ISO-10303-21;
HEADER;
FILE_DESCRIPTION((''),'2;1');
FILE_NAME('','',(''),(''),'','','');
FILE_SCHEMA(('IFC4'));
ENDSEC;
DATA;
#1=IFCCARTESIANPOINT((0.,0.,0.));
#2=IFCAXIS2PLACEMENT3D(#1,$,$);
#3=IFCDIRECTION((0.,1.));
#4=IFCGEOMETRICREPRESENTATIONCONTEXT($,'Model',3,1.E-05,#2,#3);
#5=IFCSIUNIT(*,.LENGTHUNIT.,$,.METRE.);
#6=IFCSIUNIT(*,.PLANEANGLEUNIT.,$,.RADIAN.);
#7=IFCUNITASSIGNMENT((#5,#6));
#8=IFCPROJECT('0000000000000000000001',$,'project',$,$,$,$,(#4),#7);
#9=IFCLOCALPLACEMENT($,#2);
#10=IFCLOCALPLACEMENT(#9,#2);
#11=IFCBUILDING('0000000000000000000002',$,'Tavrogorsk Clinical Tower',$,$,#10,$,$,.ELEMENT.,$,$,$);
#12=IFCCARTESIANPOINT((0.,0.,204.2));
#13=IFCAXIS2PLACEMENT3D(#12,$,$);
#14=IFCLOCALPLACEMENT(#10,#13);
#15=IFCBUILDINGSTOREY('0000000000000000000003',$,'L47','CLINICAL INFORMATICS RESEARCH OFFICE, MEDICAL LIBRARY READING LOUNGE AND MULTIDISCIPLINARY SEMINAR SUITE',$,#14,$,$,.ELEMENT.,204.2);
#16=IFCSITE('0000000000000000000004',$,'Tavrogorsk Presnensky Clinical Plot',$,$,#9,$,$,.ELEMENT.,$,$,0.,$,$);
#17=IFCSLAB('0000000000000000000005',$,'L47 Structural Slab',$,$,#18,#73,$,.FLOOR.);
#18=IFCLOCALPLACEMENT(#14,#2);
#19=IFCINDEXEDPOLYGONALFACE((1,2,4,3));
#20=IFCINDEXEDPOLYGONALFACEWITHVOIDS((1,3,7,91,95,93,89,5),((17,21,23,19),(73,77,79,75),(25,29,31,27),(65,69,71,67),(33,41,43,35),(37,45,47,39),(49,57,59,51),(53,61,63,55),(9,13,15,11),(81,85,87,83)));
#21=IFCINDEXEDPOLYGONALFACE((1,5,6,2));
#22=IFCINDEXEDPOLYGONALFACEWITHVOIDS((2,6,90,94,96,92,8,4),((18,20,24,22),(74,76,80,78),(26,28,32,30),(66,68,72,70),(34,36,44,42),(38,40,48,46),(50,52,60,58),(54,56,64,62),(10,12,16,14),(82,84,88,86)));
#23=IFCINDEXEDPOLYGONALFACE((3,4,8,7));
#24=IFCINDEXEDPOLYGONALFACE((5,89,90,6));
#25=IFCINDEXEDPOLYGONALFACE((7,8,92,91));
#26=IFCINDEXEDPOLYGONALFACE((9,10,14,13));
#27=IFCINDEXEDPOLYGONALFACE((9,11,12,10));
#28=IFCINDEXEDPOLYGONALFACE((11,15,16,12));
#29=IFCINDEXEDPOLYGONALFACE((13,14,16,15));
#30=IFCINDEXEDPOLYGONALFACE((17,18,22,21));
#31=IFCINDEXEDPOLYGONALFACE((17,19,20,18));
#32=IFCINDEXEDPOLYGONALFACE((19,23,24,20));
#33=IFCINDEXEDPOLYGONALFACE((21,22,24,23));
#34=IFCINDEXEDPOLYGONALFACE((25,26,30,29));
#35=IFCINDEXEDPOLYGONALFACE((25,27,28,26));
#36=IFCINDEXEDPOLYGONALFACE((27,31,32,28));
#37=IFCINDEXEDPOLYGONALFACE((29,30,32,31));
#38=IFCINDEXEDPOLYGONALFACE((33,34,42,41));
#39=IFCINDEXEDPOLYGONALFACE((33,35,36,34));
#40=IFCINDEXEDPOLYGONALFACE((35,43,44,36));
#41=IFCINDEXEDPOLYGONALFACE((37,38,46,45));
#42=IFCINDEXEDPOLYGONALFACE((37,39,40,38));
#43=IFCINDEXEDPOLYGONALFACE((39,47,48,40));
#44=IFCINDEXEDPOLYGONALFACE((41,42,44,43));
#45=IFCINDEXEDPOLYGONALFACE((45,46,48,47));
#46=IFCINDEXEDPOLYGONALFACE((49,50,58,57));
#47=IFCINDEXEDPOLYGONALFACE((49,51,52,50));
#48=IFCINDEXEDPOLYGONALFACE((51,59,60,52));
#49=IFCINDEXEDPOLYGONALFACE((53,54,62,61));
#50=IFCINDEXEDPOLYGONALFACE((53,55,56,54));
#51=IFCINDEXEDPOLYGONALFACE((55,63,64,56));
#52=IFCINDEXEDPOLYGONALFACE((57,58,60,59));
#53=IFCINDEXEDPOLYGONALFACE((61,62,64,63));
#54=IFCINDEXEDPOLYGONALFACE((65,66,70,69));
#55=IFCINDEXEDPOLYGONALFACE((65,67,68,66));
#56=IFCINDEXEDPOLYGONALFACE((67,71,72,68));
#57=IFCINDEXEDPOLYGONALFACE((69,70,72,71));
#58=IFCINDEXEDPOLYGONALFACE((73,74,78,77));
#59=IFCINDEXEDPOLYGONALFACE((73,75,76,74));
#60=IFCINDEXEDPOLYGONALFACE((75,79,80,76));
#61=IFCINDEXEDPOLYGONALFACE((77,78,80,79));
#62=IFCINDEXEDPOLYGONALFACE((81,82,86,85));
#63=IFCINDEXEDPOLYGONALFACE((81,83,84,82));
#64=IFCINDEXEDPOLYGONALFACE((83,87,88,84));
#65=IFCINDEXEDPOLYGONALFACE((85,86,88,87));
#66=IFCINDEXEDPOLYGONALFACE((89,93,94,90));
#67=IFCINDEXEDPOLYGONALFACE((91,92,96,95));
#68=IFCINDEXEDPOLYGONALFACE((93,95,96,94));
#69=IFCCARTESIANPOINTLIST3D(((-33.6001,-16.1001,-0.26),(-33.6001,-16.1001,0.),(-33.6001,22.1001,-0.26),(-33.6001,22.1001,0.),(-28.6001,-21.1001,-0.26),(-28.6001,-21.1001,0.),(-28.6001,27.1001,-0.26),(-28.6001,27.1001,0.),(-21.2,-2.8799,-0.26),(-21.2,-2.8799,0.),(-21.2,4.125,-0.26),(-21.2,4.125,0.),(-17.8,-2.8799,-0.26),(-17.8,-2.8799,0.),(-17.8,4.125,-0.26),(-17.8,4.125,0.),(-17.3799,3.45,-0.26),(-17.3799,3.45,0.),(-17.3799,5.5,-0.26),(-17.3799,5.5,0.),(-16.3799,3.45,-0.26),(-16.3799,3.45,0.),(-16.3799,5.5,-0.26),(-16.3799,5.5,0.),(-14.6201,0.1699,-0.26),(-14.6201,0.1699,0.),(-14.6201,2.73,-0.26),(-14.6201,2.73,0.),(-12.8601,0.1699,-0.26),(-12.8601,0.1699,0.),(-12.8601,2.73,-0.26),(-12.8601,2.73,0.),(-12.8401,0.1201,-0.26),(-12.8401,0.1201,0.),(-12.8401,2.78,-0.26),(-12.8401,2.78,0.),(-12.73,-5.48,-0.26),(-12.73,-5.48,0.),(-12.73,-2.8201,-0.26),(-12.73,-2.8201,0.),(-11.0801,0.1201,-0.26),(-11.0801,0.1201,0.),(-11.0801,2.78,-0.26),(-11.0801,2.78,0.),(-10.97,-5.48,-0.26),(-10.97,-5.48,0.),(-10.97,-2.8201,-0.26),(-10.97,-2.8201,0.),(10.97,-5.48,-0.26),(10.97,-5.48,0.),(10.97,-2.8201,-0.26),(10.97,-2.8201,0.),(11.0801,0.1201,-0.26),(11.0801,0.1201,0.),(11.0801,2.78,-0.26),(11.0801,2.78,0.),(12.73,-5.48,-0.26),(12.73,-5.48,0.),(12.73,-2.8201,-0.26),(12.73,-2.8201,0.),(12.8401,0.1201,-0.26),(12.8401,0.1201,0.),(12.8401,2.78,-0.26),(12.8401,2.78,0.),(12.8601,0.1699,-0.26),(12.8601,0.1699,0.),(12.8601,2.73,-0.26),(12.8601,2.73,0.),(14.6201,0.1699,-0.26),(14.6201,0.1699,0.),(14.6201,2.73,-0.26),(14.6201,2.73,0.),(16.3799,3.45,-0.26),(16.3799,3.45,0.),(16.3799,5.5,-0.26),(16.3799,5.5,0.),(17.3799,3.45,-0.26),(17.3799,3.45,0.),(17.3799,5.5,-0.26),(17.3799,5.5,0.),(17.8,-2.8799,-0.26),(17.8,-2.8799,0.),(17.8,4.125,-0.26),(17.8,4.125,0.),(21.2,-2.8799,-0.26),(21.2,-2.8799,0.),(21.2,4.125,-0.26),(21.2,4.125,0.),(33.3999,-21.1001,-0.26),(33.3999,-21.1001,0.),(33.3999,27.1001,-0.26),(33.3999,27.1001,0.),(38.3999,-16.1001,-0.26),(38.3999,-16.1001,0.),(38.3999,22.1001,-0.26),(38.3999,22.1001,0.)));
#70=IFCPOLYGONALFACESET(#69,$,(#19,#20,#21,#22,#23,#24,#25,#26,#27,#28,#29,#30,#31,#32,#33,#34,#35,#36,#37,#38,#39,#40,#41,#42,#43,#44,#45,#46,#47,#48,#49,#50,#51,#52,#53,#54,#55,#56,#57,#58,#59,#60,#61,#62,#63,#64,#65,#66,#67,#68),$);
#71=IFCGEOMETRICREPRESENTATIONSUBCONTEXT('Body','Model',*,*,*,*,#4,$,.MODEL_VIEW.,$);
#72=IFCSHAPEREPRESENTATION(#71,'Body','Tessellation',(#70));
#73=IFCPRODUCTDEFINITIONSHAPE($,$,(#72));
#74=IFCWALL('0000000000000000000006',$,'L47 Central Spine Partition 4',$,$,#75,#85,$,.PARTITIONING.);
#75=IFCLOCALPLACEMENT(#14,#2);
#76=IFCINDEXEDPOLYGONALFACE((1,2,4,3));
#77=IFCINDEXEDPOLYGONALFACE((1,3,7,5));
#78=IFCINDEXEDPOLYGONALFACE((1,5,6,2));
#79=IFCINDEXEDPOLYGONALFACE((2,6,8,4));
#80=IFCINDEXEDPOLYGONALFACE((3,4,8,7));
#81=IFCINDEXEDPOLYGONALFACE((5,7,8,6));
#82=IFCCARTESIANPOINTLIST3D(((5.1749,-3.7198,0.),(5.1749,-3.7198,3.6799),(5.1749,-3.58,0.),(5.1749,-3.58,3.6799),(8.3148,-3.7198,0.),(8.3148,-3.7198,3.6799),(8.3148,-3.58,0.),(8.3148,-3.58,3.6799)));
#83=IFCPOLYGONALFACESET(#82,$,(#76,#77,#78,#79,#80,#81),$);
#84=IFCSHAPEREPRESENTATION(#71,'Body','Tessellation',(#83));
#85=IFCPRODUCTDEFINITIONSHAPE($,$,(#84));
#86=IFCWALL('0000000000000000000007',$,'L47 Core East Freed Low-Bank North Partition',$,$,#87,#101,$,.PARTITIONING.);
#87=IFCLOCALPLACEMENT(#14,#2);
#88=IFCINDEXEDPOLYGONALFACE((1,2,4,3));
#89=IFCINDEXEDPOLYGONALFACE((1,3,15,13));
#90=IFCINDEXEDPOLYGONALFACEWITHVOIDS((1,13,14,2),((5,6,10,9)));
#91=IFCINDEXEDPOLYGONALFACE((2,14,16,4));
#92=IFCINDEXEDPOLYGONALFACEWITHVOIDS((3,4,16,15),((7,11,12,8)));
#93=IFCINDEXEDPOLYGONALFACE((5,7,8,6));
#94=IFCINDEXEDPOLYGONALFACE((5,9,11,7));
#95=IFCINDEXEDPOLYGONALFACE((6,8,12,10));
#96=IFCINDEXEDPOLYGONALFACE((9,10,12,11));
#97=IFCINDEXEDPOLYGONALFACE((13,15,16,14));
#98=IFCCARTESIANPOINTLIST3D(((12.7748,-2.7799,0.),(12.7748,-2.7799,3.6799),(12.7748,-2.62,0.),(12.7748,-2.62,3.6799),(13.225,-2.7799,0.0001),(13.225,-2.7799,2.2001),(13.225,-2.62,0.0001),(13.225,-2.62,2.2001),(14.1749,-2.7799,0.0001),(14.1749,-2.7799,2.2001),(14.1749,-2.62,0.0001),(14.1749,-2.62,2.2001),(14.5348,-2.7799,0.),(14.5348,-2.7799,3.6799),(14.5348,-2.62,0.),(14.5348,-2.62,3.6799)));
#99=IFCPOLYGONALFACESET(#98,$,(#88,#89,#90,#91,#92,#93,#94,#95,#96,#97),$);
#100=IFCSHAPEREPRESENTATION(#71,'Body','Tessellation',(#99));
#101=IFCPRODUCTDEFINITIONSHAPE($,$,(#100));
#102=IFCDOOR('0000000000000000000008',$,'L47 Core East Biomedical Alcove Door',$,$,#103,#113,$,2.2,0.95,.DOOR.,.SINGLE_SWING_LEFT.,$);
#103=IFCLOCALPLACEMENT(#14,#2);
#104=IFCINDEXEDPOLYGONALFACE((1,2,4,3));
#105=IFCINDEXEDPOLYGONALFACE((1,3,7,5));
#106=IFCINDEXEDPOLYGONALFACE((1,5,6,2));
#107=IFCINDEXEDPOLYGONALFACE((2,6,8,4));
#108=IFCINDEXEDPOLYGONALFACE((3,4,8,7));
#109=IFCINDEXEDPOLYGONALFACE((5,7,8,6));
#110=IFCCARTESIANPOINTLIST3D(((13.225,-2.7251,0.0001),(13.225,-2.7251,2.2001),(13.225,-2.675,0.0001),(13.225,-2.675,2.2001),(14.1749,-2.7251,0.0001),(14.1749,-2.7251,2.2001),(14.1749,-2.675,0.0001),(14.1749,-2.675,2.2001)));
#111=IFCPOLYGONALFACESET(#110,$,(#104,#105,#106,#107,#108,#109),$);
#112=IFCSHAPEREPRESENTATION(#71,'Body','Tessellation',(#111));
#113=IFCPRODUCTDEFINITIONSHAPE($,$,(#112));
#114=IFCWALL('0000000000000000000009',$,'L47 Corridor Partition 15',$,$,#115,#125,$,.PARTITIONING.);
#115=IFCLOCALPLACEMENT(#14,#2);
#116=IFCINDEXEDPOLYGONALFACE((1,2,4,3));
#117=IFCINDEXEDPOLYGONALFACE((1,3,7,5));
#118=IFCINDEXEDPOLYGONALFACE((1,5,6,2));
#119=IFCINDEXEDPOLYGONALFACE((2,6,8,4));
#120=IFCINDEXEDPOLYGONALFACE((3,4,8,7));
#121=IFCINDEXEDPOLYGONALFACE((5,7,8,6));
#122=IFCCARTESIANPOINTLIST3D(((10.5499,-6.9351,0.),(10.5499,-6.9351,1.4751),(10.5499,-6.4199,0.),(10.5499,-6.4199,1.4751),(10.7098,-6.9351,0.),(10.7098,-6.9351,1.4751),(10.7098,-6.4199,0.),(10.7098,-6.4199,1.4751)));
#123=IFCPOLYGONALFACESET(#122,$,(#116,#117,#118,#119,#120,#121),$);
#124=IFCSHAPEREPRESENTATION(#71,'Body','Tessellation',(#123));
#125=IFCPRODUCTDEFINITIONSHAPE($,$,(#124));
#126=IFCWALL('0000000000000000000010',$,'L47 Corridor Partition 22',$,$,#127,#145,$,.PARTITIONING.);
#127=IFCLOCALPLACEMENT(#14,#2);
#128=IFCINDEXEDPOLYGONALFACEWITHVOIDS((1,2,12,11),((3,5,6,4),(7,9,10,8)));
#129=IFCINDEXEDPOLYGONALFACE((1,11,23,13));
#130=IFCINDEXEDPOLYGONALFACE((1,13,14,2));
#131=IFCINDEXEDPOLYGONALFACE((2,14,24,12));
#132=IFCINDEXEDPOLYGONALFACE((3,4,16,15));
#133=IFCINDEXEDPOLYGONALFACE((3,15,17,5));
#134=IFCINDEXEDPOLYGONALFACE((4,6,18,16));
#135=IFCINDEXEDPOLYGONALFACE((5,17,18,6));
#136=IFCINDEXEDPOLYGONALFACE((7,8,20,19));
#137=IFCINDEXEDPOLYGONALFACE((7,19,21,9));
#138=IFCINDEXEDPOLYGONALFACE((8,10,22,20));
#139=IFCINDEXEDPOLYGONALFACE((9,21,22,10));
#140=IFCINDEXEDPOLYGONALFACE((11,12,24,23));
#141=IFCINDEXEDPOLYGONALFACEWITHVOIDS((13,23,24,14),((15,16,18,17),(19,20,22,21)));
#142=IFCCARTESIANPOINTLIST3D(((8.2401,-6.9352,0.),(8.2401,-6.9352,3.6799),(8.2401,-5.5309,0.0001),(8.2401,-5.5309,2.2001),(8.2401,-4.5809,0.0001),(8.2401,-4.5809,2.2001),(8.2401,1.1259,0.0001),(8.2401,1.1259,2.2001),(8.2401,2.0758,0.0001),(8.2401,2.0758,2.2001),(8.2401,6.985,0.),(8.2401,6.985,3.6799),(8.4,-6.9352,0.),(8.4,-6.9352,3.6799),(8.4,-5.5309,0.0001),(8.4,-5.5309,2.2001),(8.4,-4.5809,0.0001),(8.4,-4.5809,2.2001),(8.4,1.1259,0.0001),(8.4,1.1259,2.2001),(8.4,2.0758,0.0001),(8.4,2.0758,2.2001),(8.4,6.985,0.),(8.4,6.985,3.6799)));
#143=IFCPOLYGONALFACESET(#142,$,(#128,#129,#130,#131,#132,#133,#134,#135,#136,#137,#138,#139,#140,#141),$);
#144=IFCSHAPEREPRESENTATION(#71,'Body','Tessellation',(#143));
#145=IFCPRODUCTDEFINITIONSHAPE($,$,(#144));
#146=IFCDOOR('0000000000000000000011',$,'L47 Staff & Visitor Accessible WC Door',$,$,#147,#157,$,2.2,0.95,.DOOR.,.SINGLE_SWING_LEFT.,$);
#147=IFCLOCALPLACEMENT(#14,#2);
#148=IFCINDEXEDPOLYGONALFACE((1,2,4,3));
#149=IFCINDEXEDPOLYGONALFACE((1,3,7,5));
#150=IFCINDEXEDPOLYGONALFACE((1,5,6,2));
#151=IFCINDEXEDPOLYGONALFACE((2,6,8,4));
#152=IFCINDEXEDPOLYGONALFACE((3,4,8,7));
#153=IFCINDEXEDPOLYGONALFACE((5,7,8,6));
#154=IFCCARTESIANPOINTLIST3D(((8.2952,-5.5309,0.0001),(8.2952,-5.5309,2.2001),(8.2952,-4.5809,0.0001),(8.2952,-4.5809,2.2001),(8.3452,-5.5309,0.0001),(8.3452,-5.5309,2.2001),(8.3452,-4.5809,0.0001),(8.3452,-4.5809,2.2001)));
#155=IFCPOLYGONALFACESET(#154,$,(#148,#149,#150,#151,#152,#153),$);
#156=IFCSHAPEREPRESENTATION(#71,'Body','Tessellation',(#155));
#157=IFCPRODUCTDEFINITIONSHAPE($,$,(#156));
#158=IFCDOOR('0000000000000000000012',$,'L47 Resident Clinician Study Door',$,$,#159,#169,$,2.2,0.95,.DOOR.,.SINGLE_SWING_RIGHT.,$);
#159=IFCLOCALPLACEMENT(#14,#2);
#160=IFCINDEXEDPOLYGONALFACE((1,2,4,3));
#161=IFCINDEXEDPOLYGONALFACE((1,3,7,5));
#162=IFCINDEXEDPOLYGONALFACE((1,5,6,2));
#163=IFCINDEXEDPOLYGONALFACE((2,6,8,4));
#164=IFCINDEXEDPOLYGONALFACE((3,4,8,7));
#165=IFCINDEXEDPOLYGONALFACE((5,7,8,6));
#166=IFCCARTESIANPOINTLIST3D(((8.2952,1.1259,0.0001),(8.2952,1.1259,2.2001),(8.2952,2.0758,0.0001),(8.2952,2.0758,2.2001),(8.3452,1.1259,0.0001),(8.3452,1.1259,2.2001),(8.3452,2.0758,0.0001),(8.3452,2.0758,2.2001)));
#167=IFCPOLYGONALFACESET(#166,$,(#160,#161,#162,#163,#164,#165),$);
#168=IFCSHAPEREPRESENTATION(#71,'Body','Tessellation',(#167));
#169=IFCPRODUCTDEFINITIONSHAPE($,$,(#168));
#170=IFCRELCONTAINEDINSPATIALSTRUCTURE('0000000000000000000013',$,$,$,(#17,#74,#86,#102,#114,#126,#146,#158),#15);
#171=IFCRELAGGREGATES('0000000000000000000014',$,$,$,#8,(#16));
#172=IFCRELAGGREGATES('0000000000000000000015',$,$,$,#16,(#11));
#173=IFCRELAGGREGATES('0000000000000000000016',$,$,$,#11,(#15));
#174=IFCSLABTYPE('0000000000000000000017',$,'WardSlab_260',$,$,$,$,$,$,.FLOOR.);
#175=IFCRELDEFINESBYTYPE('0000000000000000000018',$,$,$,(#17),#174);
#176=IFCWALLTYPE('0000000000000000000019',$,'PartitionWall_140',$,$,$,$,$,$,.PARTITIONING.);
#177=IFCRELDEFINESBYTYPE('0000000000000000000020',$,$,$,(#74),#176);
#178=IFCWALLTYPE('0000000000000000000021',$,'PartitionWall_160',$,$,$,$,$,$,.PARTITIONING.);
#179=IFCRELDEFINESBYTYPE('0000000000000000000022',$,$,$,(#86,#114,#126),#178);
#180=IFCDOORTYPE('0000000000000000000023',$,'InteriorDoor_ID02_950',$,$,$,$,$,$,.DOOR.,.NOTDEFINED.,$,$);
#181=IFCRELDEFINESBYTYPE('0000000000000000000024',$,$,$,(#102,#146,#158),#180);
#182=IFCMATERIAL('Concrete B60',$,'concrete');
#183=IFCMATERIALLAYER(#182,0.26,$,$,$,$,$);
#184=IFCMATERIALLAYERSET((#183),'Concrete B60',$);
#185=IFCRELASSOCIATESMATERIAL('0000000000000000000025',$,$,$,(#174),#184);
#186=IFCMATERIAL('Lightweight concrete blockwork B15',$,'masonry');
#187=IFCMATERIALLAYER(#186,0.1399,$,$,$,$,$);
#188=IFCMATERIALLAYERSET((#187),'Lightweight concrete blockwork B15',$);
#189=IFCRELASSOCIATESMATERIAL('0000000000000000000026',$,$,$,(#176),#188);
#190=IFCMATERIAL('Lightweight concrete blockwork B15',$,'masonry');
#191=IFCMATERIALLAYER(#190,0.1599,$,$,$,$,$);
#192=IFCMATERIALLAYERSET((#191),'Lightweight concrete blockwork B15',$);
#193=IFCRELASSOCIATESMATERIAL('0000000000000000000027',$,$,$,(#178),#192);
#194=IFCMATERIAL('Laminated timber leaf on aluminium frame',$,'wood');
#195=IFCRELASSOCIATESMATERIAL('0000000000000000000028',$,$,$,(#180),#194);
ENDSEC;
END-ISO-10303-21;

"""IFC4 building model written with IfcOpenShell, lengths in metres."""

from ifc_helpers import new_model, si_unit, direction, frame, frame_2d, origin, place, context, subcontext, project, spatial, polyline, rectangle, outline, extrude, material, layer, layer_set, type_object, element, fill, save


model = new_model("IFC4")

# Units and contexts
model_context = context("Model", 3, precision=1e-05, world=origin(), true_north=direction((0.0, 1.0)))
body_context = subcontext(model_context, "Body", "Model", "MODEL_VIEW")
ifc_project = project(units=[si_unit("LENGTHUNIT", "METRE"), si_unit("PLANEANGLEUNIT", "RADIAN")], contexts=[model_context])

# Site, building, storey
site_placement = place(None, origin())
site = spatial("IfcSite", under=ifc_project, at=site_placement, Name="Tavrogorsk Presnensky Clinical Plot", CompositionType="ELEMENT", RefElevation=0.0)
building_placement = place(site_placement, origin())
building = spatial("IfcBuilding", under=site, at=building_placement, Name="Tavrogorsk Clinical Tower", CompositionType="ELEMENT")
storey_placement = place(building_placement, frame((0.0, 0.0, 204.2)))
storey = spatial("IfcBuildingStorey", under=building, at=storey_placement, Name="L47", Description="CLINICAL INFORMATICS RESEARCH OFFICE, MEDICAL LIBRARY READING LOUNGE AND MULTIDISCIPLINARY SEMINAR SUITE", CompositionType="ELEMENT", Elevation=204.2)

# Slab
ifc_material_1 = material(Name="Concrete B60", Category="concrete")
ifc_layer_1 = layer(ifc_material_1, 0.26)
ifc_layer_set_1 = layer_set([ifc_layer_1], Name="Concrete B60")
slab_type_1 = type_object("IfcSlabType", Name="WardSlab_260", PredefinedType="FLOOR", material=ifc_layer_set_1)
slab_1_placement = place(storey_placement, frame((0.0, 0.0, -0.26)))
element("IfcSlab", 1, at=slab_1_placement, inside=storey, type_object=slab_type_1, Name="L47 Structural Slab", PredefinedType="FLOOR", context=body_context, shape_type="SweptSolid", body=[
    extrude(outline(polyline([(-28.6001, -21.1001), (33.3999, -21.1001), (38.3999, -16.1001), (38.3999, 22.1001), (33.3999, 27.1001), (-28.6001, 27.1001), (-33.6001, 22.1001), (-33.6001, -16.1001), (-28.6001, -21.1001)]), holes=[polyline([(-17.8, -2.8799), (-17.8, 4.125), (-21.2, 4.125), (-21.2, -2.8799), (-17.8, -2.8799)]), polyline([(21.2, -2.8799), (21.2, 4.125), (17.8, 4.125), (17.8, -2.8799), (21.2, -2.8799)]), polyline([(-14.6201, 0.1699), (-12.8601, 0.1699), (-12.8601, 2.73), (-14.6201, 2.73), (-14.6201, 0.1699)]), polyline([(-12.73, -5.48), (-10.97, -5.48), (-10.97, -2.8201), (-12.73, -2.8201), (-12.73, -5.48)]), polyline([(-12.8401, 0.1201), (-11.0801, 0.1201), (-11.0801, 2.78), (-12.8401, 2.78), (-12.8401, 0.1201)]), polyline([(12.8601, 0.1699), (14.6201, 0.1699), (14.6201, 2.73), (12.8601, 2.73), (12.8601, 0.1699)]), polyline([(10.97, -5.48), (12.73, -5.48), (12.73, -2.8201), (10.97, -2.8201), (10.97, -5.48)]), polyline([(11.0801, 0.1201), (12.8401, 0.1201), (12.8401, 2.78), (11.0801, 2.78), (11.0801, 0.1201)]), polyline([(-17.3799, 3.45), (-16.3799, 3.45), (-16.3799, 5.5), (-17.3799, 5.5), (-17.3799, 3.45)]), polyline([(16.3799, 3.45), (17.3799, 3.45), (17.3799, 5.5), (16.3799, 5.5), (16.3799, 3.45)])]), origin(), (0.0, 0.0, 1.0), 0.26),
])

# Wall
ifc_material_2 = material(Name="Lightweight concrete blockwork B15", Category="masonry")
ifc_layer_2 = layer(ifc_material_2, 0.1399)
ifc_layer_set_2 = layer_set([ifc_layer_2], Name="Lightweight concrete blockwork B15")
wall_type_1 = type_object("IfcWallType", Name="PartitionWall_140", PredefinedType="PARTITIONING", material=ifc_layer_set_2)
wall_1_placement = place(storey_placement, frame((5.175, -3.6499, 0.0), z_axis=(0.0, 0.0, 1.0), x_axis=(1.0, 0.0, 0.0)))
element("IfcWall", 2, at=wall_1_placement, inside=storey, type_object=wall_type_1, Name="L47 Central Spine Partition 4", PredefinedType="PARTITIONING", context=body_context, shape_type="SweptSolid", body=[
    extrude(rectangle(XDim=3.1399, YDim=0.1399, at=frame_2d((1.5698, 0.0))), origin(), (0.0, 0.0, 1.0), 3.6799),
])

# Wall, opening, door
ifc_material_3 = material(Name="Lightweight concrete blockwork B15", Category="masonry")
ifc_layer_3 = layer(ifc_material_3, 0.1599)
ifc_layer_set_3 = layer_set([ifc_layer_3], Name="Lightweight concrete blockwork B15")
wall_type_2 = type_object("IfcWallType", Name="PartitionWall_160", PredefinedType="PARTITIONING", material=ifc_layer_set_3)
wall_2_placement = place(storey_placement, frame((12.7749, -2.7, 0.0), z_axis=(0.0, 0.0, 1.0), x_axis=(1.0, 0.0, 0.0)))
wall_2 = element("IfcWall", 3, at=wall_2_placement, inside=storey, type_object=wall_type_2, Name="L47 Core East Freed Low-Bank North Partition", PredefinedType="PARTITIONING", context=body_context, shape_type="SweptSolid", body=[
    extrude(rectangle(XDim=1.76, YDim=0.1599, at=frame_2d((0.8799, 0.0))), origin(), (0.0, 0.0, 1.0), 3.6799),
])
opening_1_placement = place(wall_2_placement, frame((0.45, 0.0, 0.0)))
opening_1 = element("IfcOpeningElement", 4, at=opening_1_placement, cuts=wall_2, PredefinedType="OPENING", context=body_context, shape_type="SweptSolid", body=[
    extrude(rectangle(XDim=0.95, YDim=2.2, at=frame_2d((0.4751, 1.1001))), frame((0.0, 0.0898, 0.0), z_axis=(0.0, -1.0, 0.0), x_axis=(1.0, 0.0, 0.0)), (0.0, 0.0, 1.0), 0.1799),
])
ifc_material_4 = material(Name="Laminated timber leaf on aluminium frame", Category="wood")
door_type_1 = type_object("IfcDoorType", Name="InteriorDoor_ID02_950", OperationType="NOTDEFINED", PredefinedType="DOOR", material=ifc_material_4)
door_1_placement = place(opening_1_placement, origin())
door_1 = element("IfcDoor", 5, at=door_1_placement, inside=storey, type_object=door_type_1, Name="L47 Core East Biomedical Alcove Door", OperationType="SINGLE_SWING_LEFT", OverallHeight=2.2, OverallWidth=0.95, PredefinedType="DOOR", context=body_context, shape_type="SweptSolid", body=[
    extrude(rectangle(XDim=0.95, YDim=2.2, at=frame_2d((0.4751, 1.1001))), frame((0.0, 0.0249, 0.0), z_axis=(0.0, -1.0, 0.0), x_axis=(1.0, 0.0, 0.0)), (0.0, 0.0, 1.0), 0.05),
])
fill(opening_1, door_1)

# Wall
wall_3_placement = place(storey_placement, frame((10.6299, -6.4199, 0.0), z_axis=(0.0, 0.0, 1.0), x_axis=(0.0, -1.0, 0.0)))
element("IfcWall", 6, at=wall_3_placement, inside=storey, type_object=wall_type_2, Name="L47 Corridor Partition 15", PredefinedType="PARTITIONING", context=body_context, shape_type="SweptSolid", body=[
    extrude(rectangle(XDim=0.5151, YDim=0.1599, at=frame_2d((0.2576, 0.0))), origin(), (0.0, 0.0, 1.0), 1.4751),
])

# Wall, openings, doors
wall_4_placement = place(storey_placement, frame((8.3201, -6.9351, 0.0), z_axis=(0.0, 0.0, 1.0), x_axis=(0.0, 1.0, 0.0)))
wall_4 = element("IfcWall", 7, at=wall_4_placement, inside=storey, type_object=wall_type_2, Name="L47 Corridor Partition 22", PredefinedType="PARTITIONING", context=body_context, shape_type="SweptSolid", body=[
    extrude(rectangle(XDim=13.9202, YDim=0.1599, at=frame_2d((6.96, 0.0))), origin(), (0.0, 0.0, 1.0), 3.6799),
])
opening_2_placement = place(wall_4_placement, frame((1.4041, 0.0, 0.0)))
opening_2 = element("IfcOpeningElement", 8, at=opening_2_placement, cuts=wall_4, PredefinedType="OPENING", context=body_context, shape_type="SweptSolid", body=[
    extrude(rectangle(XDim=0.95, YDim=2.2, at=frame_2d((0.4751, 1.1001))), frame((0.0, 0.0898, 0.0), z_axis=(0.0, -1.0, 0.0), x_axis=(1.0, 0.0, 0.0)), (0.0, 0.0, 1.0), 0.1799),
])
opening_3_placement = place(wall_4_placement, frame((8.0608, 0.0, 0.0)))
opening_3 = element("IfcOpeningElement", 9, at=opening_3_placement, cuts=wall_4, PredefinedType="OPENING", context=body_context, shape_type="SweptSolid", body=[
    extrude(rectangle(XDim=0.95, YDim=2.2, at=frame_2d((0.4751, 1.1001))), frame((0.0, 0.0898, 0.0), z_axis=(0.0, -1.0, 0.0), x_axis=(1.0, 0.0, 0.0)), (0.0, 0.0, 1.0), 0.1799),
])
door_2_placement = place(opening_2_placement, origin())
door_2 = element("IfcDoor", 10, at=door_2_placement, inside=storey, type_object=door_type_1, Name="L47 Staff & Visitor Accessible WC Door", OperationType="SINGLE_SWING_LEFT", OverallHeight=2.2, OverallWidth=0.95, PredefinedType="DOOR", context=body_context, shape_type="SweptSolid", body=[
    extrude(rectangle(XDim=0.95, YDim=2.2, at=frame_2d((0.4751, 1.1001))), frame((0.0, 0.0249, 0.0), z_axis=(0.0, -1.0, 0.0), x_axis=(1.0, 0.0, 0.0)), (0.0, 0.0, 1.0), 0.05),
])
fill(opening_2, door_2)
door_3_placement = place(opening_3_placement, origin())
door_3 = element("IfcDoor", 11, at=door_3_placement, inside=storey, type_object=door_type_1, Name="L47 Resident Clinician Study Door", OperationType="SINGLE_SWING_RIGHT", OverallHeight=2.2, OverallWidth=0.95, PredefinedType="DOOR", context=body_context, shape_type="SweptSolid", body=[
    extrude(rectangle(XDim=0.95, YDim=2.2, at=frame_2d((0.4751, 1.1001))), frame((0.0, 0.0249, 0.0), z_axis=(0.0, -1.0, 0.0), x_axis=(1.0, 0.0, 0.0)), (0.0, 0.0, 1.0), 0.05),
])
fill(opening_3, door_3)

save(model, "model.ifc")
